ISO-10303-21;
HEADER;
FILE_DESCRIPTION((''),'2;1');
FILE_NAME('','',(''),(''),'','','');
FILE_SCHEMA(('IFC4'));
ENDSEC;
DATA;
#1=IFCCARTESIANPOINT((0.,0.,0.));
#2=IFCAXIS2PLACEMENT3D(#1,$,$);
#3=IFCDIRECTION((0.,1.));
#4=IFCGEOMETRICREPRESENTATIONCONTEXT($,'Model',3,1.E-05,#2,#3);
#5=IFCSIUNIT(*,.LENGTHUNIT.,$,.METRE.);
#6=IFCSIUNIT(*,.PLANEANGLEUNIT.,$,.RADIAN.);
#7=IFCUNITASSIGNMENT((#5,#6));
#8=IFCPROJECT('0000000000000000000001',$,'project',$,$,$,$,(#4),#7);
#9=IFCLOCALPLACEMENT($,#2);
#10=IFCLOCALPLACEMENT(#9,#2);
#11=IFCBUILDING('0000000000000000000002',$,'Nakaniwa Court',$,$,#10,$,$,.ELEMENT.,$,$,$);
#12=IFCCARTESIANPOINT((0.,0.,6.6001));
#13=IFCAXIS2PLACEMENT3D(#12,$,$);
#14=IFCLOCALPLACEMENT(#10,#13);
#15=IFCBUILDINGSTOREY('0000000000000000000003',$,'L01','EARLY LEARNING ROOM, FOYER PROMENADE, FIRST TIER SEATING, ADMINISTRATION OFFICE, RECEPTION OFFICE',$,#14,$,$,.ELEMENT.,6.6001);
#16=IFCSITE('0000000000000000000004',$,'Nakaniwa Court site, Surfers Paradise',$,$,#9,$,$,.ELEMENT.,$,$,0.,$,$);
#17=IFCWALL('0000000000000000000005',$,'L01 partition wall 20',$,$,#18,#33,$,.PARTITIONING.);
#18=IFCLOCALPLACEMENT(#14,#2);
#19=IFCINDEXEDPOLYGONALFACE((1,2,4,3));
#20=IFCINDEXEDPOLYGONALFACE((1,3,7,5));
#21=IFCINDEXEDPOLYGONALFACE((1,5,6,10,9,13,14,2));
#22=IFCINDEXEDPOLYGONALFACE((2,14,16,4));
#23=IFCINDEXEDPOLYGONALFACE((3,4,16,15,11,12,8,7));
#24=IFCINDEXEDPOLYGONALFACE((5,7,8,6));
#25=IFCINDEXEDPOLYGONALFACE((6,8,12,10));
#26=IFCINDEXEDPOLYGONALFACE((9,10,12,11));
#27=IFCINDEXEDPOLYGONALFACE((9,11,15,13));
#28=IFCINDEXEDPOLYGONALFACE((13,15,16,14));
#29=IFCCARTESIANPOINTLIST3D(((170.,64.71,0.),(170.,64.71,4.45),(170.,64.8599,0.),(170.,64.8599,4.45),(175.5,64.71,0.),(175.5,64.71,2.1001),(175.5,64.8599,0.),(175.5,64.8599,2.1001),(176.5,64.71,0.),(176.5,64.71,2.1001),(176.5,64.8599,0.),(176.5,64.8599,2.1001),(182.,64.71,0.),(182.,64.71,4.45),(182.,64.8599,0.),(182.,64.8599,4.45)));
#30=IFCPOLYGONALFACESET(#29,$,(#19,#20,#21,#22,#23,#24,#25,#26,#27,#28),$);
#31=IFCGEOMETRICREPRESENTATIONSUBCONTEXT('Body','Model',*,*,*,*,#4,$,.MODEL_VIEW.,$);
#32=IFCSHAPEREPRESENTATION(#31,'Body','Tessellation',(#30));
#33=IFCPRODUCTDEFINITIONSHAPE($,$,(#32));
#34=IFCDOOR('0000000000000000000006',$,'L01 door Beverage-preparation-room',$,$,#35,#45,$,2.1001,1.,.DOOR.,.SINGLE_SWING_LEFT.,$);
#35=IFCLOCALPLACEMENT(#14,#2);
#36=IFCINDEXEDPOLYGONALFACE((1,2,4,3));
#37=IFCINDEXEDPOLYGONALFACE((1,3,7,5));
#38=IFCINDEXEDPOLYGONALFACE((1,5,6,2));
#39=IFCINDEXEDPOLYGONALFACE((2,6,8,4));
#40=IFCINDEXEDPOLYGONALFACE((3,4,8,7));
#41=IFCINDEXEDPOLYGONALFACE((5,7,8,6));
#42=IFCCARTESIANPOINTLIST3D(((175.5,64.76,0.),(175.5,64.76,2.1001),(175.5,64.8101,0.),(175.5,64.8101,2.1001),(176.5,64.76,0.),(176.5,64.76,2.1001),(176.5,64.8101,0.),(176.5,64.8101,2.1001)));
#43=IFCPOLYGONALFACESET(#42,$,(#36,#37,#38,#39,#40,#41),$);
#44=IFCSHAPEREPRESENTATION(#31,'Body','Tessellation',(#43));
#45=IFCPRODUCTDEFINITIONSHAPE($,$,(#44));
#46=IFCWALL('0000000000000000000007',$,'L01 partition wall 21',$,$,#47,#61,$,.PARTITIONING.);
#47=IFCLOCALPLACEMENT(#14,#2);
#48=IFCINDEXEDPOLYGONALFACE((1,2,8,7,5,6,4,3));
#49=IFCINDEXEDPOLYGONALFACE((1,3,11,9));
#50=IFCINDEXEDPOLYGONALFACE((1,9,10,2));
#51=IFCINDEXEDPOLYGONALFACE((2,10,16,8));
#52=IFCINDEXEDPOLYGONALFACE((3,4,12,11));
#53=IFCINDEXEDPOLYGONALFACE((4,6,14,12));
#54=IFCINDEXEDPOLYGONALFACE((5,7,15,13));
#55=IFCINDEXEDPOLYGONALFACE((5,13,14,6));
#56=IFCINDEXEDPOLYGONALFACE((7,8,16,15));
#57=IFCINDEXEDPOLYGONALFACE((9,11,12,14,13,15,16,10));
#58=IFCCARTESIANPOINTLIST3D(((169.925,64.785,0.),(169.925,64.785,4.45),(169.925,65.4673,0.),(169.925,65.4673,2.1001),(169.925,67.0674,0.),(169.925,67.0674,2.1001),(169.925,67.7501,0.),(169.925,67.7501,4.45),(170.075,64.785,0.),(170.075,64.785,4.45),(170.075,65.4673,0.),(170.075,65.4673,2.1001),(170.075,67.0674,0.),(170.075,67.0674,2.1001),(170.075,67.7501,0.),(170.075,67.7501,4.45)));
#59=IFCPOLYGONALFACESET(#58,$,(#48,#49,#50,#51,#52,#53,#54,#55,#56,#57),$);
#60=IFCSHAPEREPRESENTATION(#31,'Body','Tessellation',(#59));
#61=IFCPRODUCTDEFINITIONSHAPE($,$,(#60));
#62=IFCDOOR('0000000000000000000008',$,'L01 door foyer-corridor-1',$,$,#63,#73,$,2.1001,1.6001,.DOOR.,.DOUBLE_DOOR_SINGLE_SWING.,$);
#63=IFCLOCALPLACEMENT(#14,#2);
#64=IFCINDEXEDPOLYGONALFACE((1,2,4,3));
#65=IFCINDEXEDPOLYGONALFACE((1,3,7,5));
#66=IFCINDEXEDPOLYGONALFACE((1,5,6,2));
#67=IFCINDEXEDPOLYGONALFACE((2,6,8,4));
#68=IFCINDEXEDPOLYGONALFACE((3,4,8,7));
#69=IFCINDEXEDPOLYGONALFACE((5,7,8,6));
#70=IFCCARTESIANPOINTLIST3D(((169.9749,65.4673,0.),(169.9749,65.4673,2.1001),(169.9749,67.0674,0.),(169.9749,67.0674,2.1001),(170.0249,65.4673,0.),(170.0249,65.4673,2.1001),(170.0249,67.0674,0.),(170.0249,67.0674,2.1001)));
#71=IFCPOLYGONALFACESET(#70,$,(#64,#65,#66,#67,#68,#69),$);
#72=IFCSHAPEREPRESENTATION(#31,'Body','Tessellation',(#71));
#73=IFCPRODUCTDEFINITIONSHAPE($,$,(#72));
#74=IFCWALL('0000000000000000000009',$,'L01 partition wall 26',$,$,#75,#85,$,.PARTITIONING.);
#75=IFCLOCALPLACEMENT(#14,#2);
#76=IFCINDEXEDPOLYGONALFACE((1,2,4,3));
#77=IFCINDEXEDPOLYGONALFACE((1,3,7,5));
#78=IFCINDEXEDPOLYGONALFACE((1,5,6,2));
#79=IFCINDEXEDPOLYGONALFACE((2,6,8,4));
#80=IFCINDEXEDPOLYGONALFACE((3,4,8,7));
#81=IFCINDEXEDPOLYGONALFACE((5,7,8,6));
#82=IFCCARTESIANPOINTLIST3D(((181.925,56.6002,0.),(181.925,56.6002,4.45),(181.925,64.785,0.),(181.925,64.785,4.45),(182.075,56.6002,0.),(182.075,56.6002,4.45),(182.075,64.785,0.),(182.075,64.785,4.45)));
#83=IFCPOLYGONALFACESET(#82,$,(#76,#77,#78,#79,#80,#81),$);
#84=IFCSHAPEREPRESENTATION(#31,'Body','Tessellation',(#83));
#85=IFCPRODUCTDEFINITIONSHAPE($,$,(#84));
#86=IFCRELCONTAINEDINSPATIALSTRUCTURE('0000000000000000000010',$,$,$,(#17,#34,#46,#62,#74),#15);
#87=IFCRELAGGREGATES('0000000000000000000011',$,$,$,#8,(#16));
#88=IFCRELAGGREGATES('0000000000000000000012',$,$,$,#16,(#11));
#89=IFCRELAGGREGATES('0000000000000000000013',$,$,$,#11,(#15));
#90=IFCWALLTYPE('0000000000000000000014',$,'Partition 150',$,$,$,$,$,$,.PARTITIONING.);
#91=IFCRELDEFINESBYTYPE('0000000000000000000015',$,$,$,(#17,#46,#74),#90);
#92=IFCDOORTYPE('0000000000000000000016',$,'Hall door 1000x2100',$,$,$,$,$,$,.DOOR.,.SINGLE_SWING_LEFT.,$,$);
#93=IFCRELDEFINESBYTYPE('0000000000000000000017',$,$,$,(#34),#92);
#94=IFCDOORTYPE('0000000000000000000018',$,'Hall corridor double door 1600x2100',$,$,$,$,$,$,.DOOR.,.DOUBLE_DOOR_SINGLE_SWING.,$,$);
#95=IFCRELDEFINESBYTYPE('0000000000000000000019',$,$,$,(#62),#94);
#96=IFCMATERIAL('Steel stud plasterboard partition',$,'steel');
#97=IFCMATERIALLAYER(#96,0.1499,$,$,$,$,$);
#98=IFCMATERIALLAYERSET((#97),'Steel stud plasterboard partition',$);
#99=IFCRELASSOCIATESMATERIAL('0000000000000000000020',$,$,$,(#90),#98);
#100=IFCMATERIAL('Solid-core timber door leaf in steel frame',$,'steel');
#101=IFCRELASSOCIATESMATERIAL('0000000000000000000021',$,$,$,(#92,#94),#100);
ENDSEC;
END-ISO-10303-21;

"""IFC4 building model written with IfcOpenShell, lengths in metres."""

from ifc_helpers import new_model, si_unit, direction, frame, frame_2d, origin, place, context, subcontext, project, spatial, rectangle, extrude, material, layer, layer_set, type_object, element, fill, save


model = new_model("IFC4")

# Units and contexts
model_context = context("Model", 3, precision=1e-05, world=origin(), true_north=direction((0.0, 1.0)))
body_context = subcontext(model_context, "Body", "Model", "MODEL_VIEW")
ifc_project = project(units=[si_unit("LENGTHUNIT", "METRE"), si_unit("PLANEANGLEUNIT", "RADIAN")], contexts=[model_context])

# Site, building, storey
site_placement = place(None, origin())
site = spatial("IfcSite", under=ifc_project, at=site_placement, Name="Nakaniwa Court site, Surfers Paradise", CompositionType="ELEMENT", RefElevation=0.0)
building_placement = place(site_placement, origin())
building = spatial("IfcBuilding", under=site, at=building_placement, Name="Nakaniwa Court", CompositionType="ELEMENT")
storey_placement = place(building_placement, frame((0.0, 0.0, 6.6001)))
storey = spatial("IfcBuildingStorey", under=building, at=storey_placement, Name="L01", Description="EARLY LEARNING ROOM, FOYER PROMENADE, FIRST TIER SEATING, ADMINISTRATION OFFICE, RECEPTION OFFICE", CompositionType="ELEMENT", Elevation=6.6001)

# Shared definitions
ifc_material_1 = material(Name="Steel stud plasterboard partition", Category="steel")
ifc_layer_1 = layer(ifc_material_1, 0.1499)
ifc_layer_set_1 = layer_set([ifc_layer_1], Name="Steel stud plasterboard partition")
wall_type_1 = type_object("IfcWallType", Name="Partition 150", PredefinedType="PARTITIONING", material=ifc_layer_set_1)

# Walls, openings, doors
wall_1_placement = place(storey_placement, frame((182.0, 64.7849, 0.0), z_axis=(0.0, 0.0, 1.0), x_axis=(-1.0, 0.0, 0.0)))
wall_1 = element("IfcWall", 1, at=wall_1_placement, inside=storey, type_object=wall_type_1, Name="L01 partition wall 20", PredefinedType="PARTITIONING", context=body_context, shape_type="SweptSolid", body=[
    extrude(rectangle(XDim=12.0, YDim=0.1499, at=frame_2d((6.0, 0.0))), origin(), (0.0, 0.0, 1.0), 4.45),
])
opening_1_placement = place(wall_1_placement, frame((5.5, 0.0, 0.0)))
opening_1 = element("IfcOpeningElement", 2, at=opening_1_placement, cuts=wall_1, PredefinedType="OPENING", context=body_context, shape_type="SweptSolid", body=[
    extrude(rectangle(XDim=1.0, YDim=2.1001, at=frame_2d((0.5, 1.05))), frame((0.0, 0.085, 0.0), z_axis=(0.0, -1.0, 0.0), x_axis=(1.0, 0.0, 0.0)), (0.0, 0.0, 1.0), 0.1699),
])
ifc_material_2 = material(Name="Solid-core timber door leaf in steel frame", Category="steel")
door_type_1 = type_object("IfcDoorType", Name="Hall door 1000x2100", OperationType="SINGLE_SWING_LEFT", PredefinedType="DOOR", material=ifc_material_2)
door_1_placement = place(opening_1_placement, origin())
door_1 = element("IfcDoor", 3, at=door_1_placement, inside=storey, type_object=door_type_1, Name="L01 door Beverage-preparation-room", OperationType="SINGLE_SWING_LEFT", OverallHeight=2.1001, OverallWidth=1.0, PredefinedType="DOOR", context=body_context, shape_type="SweptSolid", body=[
    extrude(rectangle(XDim=1.0, YDim=2.1001, at=frame_2d((0.5, 1.05))), frame((0.0, 0.0249, 0.0), z_axis=(0.0, -1.0, 0.0), x_axis=(1.0, 0.0, 0.0)), (0.0, 0.0, 1.0), 0.05),
])
fill(opening_1, door_1)
wall_2_placement = place(storey_placement, frame((170.0, 67.75, 0.0), z_axis=(0.0, 0.0, 1.0), x_axis=(0.0, -1.0, 0.0)))
wall_2 = element("IfcWall", 4, at=wall_2_placement, inside=storey, type_object=wall_type_1, Name="L01 partition wall 21", PredefinedType="PARTITIONING", context=body_context, shape_type="SweptSolid", body=[
    extrude(rectangle(XDim=2.9651, YDim=0.1499, at=frame_2d((1.4824, 0.0))), origin(), (0.0, 0.0, 1.0), 4.45),
])
opening_2_placement = place(wall_2_placement, frame((0.6826, 0.0, 0.0)))
opening_2 = element("IfcOpeningElement", 5, at=opening_2_placement, cuts=wall_2, PredefinedType="OPENING", context=body_context, shape_type="SweptSolid", body=[
    extrude(rectangle(XDim=1.6001, YDim=2.1001, at=frame_2d((0.8, 1.05))), frame((0.0, 0.085, 0.0), z_axis=(0.0, -1.0, 0.0), x_axis=(1.0, 0.0, 0.0)), (0.0, 0.0, 1.0), 0.1699),
])
door_type_2 = type_object("IfcDoorType", Name="Hall corridor double door 1600x2100", OperationType="DOUBLE_DOOR_SINGLE_SWING", PredefinedType="DOOR", material=ifc_material_2)
door_2_placement = place(opening_2_placement, origin())
door_2 = element("IfcDoor", 6, at=door_2_placement, inside=storey, type_object=door_type_2, Name="L01 door foyer-corridor-1", OperationType="DOUBLE_DOOR_SINGLE_SWING", OverallHeight=2.1001, OverallWidth=1.6001, PredefinedType="DOOR", context=body_context, shape_type="SweptSolid", body=[
    extrude(rectangle(XDim=1.6001, YDim=2.1001, at=frame_2d((0.8, 1.05))), frame((0.0, 0.0249, 0.0), z_axis=(0.0, -1.0, 0.0), x_axis=(1.0, 0.0, 0.0)), (0.0, 0.0, 1.0), 0.05),
])
fill(opening_2, door_2)

# Wall
wall_3_placement = place(storey_placement, frame((182.0, 64.7849, 0.0), z_axis=(0.0, 0.0, 1.0), x_axis=(0.0, -1.0, 0.0)))
element("IfcWall", 7, at=wall_3_placement, inside=storey, type_object=wall_type_1, Name="L01 partition wall 26", PredefinedType="PARTITIONING", context=body_context, shape_type="SweptSolid", body=[
    extrude(rectangle(XDim=8.1848, YDim=0.1499, at=frame_2d((4.0923, 0.0))), origin(), (0.0, 0.0, 1.0), 4.45),
])

save(model, "model.ifc")
